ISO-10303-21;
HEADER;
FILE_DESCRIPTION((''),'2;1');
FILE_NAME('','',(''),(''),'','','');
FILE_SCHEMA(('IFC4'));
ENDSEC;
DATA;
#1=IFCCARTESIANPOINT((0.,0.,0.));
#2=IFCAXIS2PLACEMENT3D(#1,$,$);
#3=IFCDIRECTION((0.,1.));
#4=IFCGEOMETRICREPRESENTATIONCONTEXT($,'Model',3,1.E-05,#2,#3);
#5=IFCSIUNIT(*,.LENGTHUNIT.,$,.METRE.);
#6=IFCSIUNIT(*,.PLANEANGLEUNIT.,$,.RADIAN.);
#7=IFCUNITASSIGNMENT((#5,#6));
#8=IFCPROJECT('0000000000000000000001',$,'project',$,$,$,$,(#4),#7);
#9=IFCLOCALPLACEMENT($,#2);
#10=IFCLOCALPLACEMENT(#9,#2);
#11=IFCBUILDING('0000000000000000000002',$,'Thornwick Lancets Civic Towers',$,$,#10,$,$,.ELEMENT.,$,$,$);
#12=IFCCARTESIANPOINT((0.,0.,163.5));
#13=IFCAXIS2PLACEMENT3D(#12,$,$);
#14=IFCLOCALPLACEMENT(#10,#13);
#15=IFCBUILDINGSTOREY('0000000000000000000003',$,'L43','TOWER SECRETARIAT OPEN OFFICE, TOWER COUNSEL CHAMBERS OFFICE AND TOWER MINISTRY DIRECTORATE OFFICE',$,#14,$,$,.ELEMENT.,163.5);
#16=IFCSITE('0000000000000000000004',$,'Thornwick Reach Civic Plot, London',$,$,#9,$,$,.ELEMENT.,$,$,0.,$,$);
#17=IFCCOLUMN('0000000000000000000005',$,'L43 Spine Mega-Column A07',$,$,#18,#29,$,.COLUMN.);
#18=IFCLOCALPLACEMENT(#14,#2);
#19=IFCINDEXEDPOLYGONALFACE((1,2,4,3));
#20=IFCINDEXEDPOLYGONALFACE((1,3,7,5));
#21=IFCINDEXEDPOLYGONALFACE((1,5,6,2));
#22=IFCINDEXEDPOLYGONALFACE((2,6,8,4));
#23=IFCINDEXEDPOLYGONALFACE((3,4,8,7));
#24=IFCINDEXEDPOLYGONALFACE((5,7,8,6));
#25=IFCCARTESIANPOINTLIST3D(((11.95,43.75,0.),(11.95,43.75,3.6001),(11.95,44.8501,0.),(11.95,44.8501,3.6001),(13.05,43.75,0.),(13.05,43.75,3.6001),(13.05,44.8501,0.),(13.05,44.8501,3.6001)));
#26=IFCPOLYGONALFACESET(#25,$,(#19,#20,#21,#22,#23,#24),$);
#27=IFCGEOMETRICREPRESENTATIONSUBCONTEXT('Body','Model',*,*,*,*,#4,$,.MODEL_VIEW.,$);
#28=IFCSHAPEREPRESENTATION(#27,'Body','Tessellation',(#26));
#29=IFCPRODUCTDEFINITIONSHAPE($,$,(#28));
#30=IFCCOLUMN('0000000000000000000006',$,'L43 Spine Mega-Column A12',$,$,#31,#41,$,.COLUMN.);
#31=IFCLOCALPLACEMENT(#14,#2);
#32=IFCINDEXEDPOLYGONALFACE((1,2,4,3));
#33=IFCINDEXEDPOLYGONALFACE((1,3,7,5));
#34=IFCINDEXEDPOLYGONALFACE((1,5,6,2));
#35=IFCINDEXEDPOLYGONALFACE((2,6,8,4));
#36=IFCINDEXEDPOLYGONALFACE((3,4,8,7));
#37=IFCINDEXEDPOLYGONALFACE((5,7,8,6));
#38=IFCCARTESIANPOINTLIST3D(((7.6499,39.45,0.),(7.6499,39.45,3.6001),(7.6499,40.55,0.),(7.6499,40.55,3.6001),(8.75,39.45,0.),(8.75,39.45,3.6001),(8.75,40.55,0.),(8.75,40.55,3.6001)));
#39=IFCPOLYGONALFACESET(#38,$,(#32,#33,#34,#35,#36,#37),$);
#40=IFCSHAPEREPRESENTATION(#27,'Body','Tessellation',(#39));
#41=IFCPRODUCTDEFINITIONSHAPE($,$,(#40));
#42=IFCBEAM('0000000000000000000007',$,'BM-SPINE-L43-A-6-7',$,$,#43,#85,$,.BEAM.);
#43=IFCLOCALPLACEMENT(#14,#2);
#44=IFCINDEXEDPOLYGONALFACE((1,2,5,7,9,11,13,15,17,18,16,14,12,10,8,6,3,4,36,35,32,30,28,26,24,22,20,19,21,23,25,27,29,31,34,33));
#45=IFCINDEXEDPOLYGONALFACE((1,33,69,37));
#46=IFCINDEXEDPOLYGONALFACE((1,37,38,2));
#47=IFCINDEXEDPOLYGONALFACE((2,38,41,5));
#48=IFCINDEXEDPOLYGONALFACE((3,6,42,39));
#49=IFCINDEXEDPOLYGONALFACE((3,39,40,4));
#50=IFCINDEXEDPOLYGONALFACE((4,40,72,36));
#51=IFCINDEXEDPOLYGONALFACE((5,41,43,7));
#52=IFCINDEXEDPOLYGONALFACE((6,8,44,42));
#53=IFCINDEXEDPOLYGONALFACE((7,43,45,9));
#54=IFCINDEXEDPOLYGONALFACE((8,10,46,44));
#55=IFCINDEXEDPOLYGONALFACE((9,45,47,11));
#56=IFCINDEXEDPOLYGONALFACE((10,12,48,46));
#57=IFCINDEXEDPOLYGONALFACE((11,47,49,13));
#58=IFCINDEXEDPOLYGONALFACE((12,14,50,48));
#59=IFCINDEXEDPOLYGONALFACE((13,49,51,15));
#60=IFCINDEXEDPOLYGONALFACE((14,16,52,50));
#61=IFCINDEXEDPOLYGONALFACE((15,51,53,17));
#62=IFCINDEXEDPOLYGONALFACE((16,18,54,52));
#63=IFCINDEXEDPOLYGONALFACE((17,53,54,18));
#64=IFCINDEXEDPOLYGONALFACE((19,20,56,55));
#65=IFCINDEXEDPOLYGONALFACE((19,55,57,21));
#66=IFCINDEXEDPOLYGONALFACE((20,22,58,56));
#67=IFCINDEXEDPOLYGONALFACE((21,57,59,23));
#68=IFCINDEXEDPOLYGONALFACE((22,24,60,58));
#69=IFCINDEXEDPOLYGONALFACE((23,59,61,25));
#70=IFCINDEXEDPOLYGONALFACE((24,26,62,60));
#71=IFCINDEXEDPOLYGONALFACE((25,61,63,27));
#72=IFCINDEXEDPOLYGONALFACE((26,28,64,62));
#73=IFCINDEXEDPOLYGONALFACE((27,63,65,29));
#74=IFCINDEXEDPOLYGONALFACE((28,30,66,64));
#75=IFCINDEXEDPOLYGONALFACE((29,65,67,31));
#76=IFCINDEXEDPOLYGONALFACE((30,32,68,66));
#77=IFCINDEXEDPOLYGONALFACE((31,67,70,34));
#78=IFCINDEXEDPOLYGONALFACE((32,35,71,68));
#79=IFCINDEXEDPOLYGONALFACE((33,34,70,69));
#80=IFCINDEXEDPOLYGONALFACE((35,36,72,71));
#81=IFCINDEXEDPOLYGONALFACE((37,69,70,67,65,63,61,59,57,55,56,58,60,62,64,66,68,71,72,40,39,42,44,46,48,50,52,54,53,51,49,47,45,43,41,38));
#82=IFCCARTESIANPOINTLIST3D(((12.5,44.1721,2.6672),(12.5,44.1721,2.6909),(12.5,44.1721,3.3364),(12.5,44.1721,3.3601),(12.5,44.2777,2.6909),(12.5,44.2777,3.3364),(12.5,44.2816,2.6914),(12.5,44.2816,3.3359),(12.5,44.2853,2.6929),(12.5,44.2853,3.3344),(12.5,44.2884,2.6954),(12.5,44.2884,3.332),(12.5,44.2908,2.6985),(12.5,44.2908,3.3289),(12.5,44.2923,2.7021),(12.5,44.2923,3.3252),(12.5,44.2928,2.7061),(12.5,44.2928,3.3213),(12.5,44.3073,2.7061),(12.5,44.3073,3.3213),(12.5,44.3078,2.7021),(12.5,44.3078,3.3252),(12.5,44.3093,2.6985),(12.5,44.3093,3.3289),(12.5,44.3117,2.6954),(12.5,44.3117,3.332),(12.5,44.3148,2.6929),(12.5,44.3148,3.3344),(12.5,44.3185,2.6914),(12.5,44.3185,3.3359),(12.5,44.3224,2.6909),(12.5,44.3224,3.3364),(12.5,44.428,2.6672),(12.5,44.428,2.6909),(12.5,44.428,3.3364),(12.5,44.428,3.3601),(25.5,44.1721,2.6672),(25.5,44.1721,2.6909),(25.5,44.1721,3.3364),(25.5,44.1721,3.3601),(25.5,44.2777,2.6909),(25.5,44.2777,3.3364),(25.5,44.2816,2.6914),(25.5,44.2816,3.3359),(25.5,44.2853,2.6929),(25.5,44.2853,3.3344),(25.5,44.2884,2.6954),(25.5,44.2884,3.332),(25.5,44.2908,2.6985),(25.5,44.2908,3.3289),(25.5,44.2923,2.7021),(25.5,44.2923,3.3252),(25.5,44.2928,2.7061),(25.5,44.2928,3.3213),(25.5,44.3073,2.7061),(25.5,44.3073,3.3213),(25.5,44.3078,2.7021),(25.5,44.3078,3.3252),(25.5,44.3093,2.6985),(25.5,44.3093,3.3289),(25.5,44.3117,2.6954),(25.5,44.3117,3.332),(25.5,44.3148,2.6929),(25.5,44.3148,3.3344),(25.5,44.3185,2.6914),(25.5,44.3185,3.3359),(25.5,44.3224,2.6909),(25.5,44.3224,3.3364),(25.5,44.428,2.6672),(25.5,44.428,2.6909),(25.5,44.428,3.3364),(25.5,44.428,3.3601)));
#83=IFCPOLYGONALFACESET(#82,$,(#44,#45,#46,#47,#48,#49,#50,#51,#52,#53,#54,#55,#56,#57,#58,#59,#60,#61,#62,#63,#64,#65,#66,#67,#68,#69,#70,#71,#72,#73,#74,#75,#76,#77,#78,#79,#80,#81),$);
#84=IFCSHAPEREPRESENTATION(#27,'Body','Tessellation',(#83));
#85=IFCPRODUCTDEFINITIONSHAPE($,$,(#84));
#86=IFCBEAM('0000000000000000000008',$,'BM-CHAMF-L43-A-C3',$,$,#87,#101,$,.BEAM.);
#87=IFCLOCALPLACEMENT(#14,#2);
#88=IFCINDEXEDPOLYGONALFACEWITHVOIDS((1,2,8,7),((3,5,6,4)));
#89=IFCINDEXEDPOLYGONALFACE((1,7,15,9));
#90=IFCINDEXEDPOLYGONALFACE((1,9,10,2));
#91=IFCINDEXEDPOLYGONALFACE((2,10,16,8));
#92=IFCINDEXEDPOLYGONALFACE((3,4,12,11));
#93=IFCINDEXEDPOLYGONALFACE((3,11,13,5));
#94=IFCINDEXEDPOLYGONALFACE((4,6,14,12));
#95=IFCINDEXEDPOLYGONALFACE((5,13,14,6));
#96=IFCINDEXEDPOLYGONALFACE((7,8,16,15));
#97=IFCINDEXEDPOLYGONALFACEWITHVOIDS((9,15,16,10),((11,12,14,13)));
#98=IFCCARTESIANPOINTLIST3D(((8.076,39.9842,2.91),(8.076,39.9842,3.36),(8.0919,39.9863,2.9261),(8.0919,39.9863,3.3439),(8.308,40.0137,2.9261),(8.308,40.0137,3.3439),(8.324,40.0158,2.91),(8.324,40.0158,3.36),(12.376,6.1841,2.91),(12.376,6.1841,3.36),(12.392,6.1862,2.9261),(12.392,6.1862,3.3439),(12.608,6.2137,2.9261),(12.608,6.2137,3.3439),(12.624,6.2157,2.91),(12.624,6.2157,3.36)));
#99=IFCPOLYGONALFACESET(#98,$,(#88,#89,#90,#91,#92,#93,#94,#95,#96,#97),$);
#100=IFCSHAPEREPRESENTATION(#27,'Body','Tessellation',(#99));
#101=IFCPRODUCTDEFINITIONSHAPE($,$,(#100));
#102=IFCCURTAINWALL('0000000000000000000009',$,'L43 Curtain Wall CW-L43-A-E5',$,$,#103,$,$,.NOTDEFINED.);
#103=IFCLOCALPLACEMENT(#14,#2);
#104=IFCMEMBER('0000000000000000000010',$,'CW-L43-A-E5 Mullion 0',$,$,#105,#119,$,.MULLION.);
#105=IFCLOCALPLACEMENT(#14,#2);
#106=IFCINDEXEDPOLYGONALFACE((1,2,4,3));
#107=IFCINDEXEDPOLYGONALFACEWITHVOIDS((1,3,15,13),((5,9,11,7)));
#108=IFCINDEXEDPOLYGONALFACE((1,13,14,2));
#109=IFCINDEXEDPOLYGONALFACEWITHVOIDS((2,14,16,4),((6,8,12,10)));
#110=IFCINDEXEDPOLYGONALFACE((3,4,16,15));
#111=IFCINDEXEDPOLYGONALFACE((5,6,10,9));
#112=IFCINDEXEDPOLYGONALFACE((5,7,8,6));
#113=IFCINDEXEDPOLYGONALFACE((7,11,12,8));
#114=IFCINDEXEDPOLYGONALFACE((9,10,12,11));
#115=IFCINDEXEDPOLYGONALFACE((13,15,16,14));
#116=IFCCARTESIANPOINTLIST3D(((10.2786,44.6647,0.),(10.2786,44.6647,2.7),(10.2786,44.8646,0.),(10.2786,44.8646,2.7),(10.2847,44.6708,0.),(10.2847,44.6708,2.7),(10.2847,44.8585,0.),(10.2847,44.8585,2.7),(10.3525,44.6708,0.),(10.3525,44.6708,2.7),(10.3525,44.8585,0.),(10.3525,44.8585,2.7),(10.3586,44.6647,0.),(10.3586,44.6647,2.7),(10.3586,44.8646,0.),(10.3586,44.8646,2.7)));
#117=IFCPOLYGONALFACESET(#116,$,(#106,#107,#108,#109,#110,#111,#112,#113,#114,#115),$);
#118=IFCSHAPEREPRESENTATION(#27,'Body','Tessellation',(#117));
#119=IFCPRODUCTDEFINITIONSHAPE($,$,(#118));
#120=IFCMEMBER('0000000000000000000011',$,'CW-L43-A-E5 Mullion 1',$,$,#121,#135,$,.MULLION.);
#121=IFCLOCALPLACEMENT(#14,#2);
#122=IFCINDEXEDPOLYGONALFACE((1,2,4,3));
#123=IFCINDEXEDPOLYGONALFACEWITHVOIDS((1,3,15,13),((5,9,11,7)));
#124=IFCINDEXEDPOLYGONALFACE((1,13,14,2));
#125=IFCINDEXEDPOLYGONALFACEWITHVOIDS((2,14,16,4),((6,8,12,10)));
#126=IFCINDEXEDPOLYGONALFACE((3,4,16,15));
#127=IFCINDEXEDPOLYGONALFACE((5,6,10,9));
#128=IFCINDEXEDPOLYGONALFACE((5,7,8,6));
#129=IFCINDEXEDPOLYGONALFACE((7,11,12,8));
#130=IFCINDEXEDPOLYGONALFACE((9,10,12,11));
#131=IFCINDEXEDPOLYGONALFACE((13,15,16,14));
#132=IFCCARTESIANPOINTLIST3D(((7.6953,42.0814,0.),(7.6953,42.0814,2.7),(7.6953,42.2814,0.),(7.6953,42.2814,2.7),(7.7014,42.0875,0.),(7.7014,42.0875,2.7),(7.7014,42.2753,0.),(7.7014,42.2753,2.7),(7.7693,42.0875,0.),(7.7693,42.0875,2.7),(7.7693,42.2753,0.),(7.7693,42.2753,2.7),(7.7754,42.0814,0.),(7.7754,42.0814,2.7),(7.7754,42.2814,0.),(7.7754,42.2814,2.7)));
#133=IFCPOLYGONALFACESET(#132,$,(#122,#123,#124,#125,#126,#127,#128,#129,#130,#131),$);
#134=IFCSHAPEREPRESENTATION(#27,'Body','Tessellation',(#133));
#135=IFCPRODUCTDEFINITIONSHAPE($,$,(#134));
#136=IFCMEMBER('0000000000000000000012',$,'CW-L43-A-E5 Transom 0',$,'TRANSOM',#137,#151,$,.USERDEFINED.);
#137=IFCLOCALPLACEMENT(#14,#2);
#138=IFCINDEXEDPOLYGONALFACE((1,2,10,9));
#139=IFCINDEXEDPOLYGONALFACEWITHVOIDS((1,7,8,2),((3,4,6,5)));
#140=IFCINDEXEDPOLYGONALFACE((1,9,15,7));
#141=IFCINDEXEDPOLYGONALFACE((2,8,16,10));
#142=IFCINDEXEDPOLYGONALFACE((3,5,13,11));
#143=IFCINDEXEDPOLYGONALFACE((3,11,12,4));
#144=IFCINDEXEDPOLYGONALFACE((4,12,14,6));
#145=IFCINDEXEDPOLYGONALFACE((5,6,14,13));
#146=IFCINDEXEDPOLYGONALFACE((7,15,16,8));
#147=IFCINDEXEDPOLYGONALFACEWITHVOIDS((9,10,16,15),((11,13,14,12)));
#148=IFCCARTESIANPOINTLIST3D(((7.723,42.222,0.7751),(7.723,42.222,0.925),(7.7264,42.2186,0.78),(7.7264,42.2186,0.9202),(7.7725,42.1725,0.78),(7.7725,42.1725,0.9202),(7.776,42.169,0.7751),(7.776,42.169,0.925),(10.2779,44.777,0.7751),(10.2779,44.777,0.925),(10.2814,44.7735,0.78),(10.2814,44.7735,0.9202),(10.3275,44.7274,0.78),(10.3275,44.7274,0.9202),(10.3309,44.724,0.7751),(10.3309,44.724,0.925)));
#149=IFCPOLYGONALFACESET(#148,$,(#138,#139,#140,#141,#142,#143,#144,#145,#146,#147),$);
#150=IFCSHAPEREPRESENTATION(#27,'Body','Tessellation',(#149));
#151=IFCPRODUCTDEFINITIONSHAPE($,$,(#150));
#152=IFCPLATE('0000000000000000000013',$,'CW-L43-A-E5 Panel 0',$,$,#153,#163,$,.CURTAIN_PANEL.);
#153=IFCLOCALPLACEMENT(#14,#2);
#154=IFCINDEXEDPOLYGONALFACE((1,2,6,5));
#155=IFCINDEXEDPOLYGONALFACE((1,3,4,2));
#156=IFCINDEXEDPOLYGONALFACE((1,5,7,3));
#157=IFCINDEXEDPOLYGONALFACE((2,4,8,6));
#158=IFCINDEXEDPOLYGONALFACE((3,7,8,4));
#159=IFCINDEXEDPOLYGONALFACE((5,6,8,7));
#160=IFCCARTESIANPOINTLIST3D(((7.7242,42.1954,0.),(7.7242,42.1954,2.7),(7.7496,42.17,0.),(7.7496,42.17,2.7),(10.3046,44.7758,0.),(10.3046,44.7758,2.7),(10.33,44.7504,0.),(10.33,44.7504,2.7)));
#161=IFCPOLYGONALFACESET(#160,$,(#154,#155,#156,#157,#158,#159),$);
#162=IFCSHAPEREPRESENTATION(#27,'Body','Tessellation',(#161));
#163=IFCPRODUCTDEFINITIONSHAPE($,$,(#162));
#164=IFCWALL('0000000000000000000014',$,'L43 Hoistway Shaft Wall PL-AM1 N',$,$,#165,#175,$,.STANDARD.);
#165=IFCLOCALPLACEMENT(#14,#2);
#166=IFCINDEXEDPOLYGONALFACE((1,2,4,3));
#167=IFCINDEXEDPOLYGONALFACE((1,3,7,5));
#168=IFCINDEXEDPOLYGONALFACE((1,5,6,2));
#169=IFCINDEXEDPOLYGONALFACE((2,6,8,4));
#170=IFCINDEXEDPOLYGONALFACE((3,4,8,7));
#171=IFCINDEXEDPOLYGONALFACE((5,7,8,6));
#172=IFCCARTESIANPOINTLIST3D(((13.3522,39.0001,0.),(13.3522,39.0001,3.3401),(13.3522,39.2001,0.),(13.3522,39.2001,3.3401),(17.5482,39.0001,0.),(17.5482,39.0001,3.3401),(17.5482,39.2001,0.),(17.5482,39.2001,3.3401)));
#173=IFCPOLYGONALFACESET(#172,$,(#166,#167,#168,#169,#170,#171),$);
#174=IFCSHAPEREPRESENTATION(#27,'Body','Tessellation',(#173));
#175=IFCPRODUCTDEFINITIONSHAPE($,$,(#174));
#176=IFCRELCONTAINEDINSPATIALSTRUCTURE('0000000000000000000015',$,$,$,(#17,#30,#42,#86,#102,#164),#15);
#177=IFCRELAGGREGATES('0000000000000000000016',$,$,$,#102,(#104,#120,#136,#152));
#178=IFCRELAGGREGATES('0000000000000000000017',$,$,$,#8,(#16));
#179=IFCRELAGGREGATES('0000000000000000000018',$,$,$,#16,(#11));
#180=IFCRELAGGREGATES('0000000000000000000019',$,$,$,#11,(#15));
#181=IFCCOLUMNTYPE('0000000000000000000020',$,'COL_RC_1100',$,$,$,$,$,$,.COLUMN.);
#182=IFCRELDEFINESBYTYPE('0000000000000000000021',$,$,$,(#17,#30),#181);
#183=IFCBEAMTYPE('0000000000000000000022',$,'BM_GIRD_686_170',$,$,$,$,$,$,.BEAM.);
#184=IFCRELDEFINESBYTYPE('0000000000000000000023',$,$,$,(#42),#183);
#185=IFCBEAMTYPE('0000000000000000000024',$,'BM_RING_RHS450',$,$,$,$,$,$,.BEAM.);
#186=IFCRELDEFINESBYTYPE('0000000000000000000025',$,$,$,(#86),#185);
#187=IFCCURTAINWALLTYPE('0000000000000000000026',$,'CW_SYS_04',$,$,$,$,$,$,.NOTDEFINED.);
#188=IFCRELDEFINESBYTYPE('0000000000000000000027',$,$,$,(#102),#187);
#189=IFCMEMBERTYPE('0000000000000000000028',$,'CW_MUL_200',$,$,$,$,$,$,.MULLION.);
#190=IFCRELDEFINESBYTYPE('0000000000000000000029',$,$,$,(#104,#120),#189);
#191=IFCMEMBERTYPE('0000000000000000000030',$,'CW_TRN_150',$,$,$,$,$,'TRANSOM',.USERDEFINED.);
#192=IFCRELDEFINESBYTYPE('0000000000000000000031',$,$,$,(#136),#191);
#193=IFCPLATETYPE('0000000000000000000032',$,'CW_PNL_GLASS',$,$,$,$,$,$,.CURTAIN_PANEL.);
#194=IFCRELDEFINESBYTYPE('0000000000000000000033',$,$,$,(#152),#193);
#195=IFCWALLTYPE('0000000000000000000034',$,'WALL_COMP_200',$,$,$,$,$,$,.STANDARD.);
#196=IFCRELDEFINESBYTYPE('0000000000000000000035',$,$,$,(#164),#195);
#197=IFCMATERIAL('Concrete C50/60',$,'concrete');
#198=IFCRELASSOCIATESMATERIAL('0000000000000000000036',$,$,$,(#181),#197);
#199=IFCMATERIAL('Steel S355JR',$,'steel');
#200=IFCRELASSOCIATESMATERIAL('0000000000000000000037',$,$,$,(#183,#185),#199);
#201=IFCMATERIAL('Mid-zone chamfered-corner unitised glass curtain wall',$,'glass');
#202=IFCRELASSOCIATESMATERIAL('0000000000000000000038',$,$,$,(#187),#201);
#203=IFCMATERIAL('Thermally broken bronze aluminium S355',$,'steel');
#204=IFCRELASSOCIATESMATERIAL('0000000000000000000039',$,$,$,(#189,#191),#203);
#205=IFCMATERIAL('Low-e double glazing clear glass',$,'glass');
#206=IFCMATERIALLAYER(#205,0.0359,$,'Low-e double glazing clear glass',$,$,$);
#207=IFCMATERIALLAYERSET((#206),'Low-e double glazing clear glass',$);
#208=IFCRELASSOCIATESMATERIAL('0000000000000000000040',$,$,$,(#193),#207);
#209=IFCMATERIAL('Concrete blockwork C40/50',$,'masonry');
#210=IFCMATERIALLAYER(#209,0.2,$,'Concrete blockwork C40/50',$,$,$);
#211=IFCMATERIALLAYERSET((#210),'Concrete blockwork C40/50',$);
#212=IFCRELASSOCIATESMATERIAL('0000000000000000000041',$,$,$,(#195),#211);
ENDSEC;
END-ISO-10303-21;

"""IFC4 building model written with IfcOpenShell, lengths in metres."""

from ifc_helpers import new_model, si_unit, direction, frame, frame_2d, origin, origin_2d, place, context, subcontext, project, spatial, rectangle, hollow_rectangle, i_section, extrude, material, layer, layer_set, material_profile, profile_set, type_object, element, aggregate, save


model = new_model("IFC4")

# Units and contexts
model_context = context("Model", 3, precision=1e-05, world=origin(), true_north=direction((0.0, 1.0)))
body_context = subcontext(model_context, "Body", "Model", "MODEL_VIEW")
ifc_project = project(units=[si_unit("LENGTHUNIT", "METRE"), si_unit("PLANEANGLEUNIT", "RADIAN")], contexts=[model_context])

# Site, building, storey
site_placement = place(None, origin())
site = spatial("IfcSite", under=ifc_project, at=site_placement, Name="Thornwick Reach Civic Plot, London", CompositionType="ELEMENT", RefElevation=0.0)
building_placement = place(site_placement, origin())
building = spatial("IfcBuilding", under=site, at=building_placement, Name="Thornwick Lancets Civic Towers", CompositionType="ELEMENT")
storey_placement = place(building_placement, frame((0.0, 0.0, 163.5)))
storey = spatial("IfcBuildingStorey", under=building, at=storey_placement, Name="L43", Description="TOWER SECRETARIAT OPEN OFFICE, TOWER COUNSEL CHAMBERS OFFICE AND TOWER MINISTRY DIRECTORATE OFFICE", CompositionType="ELEMENT", Elevation=163.5)

# Columns
ifc_material_1 = material(Name="Concrete C50/60", Category="concrete")
ifc_material_profile_1 = material_profile(ifc_material_1, rectangle(XDim=1.1001, YDim=1.1001, at=origin_2d()), Name="RC 1100x1100")
ifc_profile_set_1 = profile_set([ifc_material_profile_1], Name="Concrete C50/60")
column_type = type_object("IfcColumnType", Name="COL_RC_1100", PredefinedType="COLUMN", material=ifc_profile_set_1)
for number, where, z_axis, x_axis, name in (
    (1, (12.5, 44.3, 0.0), (0.0, 0.0, 1.0), (1.0, 0.0, 0.0), "L43 Spine Mega-Column A07"),
    (2, (8.2, 40.0, 0.0), (0.0, 0.0, 1.0), (1.0, 0.0, 0.0), "L43 Spine Mega-Column A12"),
):
    element("IfcColumn", number, at=place(storey_placement, frame(where, z_axis=z_axis, x_axis=x_axis)), inside=storey, type_object=column_type, Name=name, PredefinedType="COLUMN", context=body_context, shape_type="SweptSolid", body=[
        extrude(rectangle(XDim=1.1001, YDim=1.1001, at=origin_2d()), origin(), (0.0, 0.0, 1.0), 3.6001),
    ])

# Beams
ifc_material_2 = material(Name="Steel S355JR", Category="steel")
ifc_material_profile_2 = material_profile(ifc_material_2, i_section(OverallWidth=0.2559, OverallDepth=0.6929, WebThickness=0.0144, FlangeThickness=0.0237, FilletRadius=0.0151, at=origin_2d()), Name="UKB 686x254x170")
ifc_profile_set_2 = profile_set([ifc_material_profile_2], Name="Steel S355JR")
beam_type_1 = type_object("IfcBeamType", Name="BM_GIRD_686_170", PredefinedType="BEAM", material=ifc_profile_set_2)
beam_1_placement = place(storey_placement, frame((12.5, 44.3, 3.0137), z_axis=(1.0, 0.0, 0.0), x_axis=(0.0, 1.0, 0.0)))
element("IfcBeam", 3, at=beam_1_placement, inside=storey, type_object=beam_type_1, Name="BM-SPINE-L43-A-6-7", PredefinedType="BEAM", context=body_context, shape_type="SweptSolid", body=[
    extrude(i_section(OverallWidth=0.2559, OverallDepth=0.6929, WebThickness=0.0144, FlangeThickness=0.0237, FilletRadius=0.0151, at=origin_2d()), origin(), (0.0, 0.0, 1.0), 13.0),
])
ifc_material_profile_3 = material_profile(ifc_material_2, hollow_rectangle(XDim=0.25, YDim=0.45, WallThickness=0.0161, at=origin_2d()), Name="RHS 450x250x16")
ifc_profile_set_3 = profile_set([ifc_material_profile_3], Name="Steel S355JR")
beam_type_2 = type_object("IfcBeamType", Name="BM_RING_RHS450", PredefinedType="BEAM", material=ifc_profile_set_3)
beam_2_placement = place(storey_placement, frame((8.2, 40.0, 3.135), z_axis=(0.126203, -0.992004, 0.0), x_axis=(0.992004, 0.126203, 0.0)))
element("IfcBeam", 4, at=beam_2_placement, inside=storey, type_object=beam_type_2, Name="BM-CHAMF-L43-A-C3", PredefinedType="BEAM", context=body_context, shape_type="SweptSolid", body=[
    extrude(hollow_rectangle(XDim=0.25, YDim=0.45, WallThickness=0.0161, at=origin_2d()), origin(), (0.0, 0.0, 1.0), 34.0725),
])

# Curtain wall, members, plate
ifc_material_3 = material(Name="Mid-zone chamfered-corner unitised glass curtain wall", Category="glass")
curtain_wall_type = type_object("IfcCurtainWallType", Name="CW_SYS_04", PredefinedType="NOTDEFINED", material=ifc_material_3)
curtain_wall_placement = place(storey_placement, origin())
curtain_wall = element("IfcCurtainWall", 5, at=curtain_wall_placement, inside=storey, type_object=curtain_wall_type, Name="L43 Curtain Wall CW-L43-A-E5", PredefinedType="NOTDEFINED")
ifc_material_4 = material(Name="Thermally broken bronze aluminium S355", Category="steel")
ifc_material_profile_4 = material_profile(ifc_material_4, hollow_rectangle(XDim=0.0801, YDim=0.2, WallThickness=0.0061, at=origin_2d()), Name="RHS 200x80x6")
ifc_profile_set_4 = profile_set([ifc_material_profile_4], Name="Thermally broken bronze aluminium S355")
member_type_1 = type_object("IfcMemberType", Name="CW_MUL_200", PredefinedType="MULLION", material=ifc_profile_set_4)
member_1_placement = place(storey_placement, frame((10.3186, 44.7646, 0.0), z_axis=(0.0, 0.0, 1.0), x_axis=(1.0, 0.0, 0.0)))
member_1 = element("IfcMember", 6, at=member_1_placement, type_object=member_type_1, Name="CW-L43-A-E5 Mullion 0", PredefinedType="MULLION", context=body_context, shape_type="SweptSolid", body=[
    extrude(hollow_rectangle(XDim=0.0801, YDim=0.2, WallThickness=0.0061, at=origin_2d()), origin(), (0.0, 0.0, 1.0), 2.7),
])
member_2_placement = place(storey_placement, frame((7.7354, 42.1814, 0.0), z_axis=(0.0, 0.0, 1.0), x_axis=(1.0, 0.0, 0.0)))
member_2 = element("IfcMember", 7, at=member_2_placement, type_object=member_type_1, Name="CW-L43-A-E5 Mullion 1", PredefinedType="MULLION", context=body_context, shape_type="SweptSolid", body=[
    extrude(hollow_rectangle(XDim=0.0801, YDim=0.2, WallThickness=0.0061, at=origin_2d()), origin(), (0.0, 0.0, 1.0), 2.7),
])
ifc_material_profile_5 = material_profile(ifc_material_4, hollow_rectangle(XDim=0.075, YDim=0.1499, WallThickness=0.0049, at=origin_2d()), Name="RHS 150x75x5")
ifc_profile_set_5 = profile_set([ifc_material_profile_5], Name="Thermally broken bronze aluminium S355")
member_type_2 = type_object("IfcMemberType", Name="CW_TRN_150", ElementType="TRANSOM", PredefinedType="USERDEFINED", material=ifc_profile_set_5)
member_3_placement = place(storey_placement, frame((10.3044, 44.7505, 0.8501), z_axis=(-0.707107, -0.707107, 0.0), x_axis=(0.707107, -0.707107, 0.0)))
member_3 = element("IfcMember", 8, at=member_3_placement, type_object=member_type_2, Name="CW-L43-A-E5 Transom 0", ObjectType="TRANSOM", PredefinedType="USERDEFINED", context=body_context, shape_type="SweptSolid", body=[
    extrude(hollow_rectangle(XDim=0.075, YDim=0.1499, WallThickness=0.0049, at=origin_2d()), origin(), (0.0, 0.0, 1.0), 3.6133),
])
ifc_material_5 = material(Name="Low-e double glazing clear glass", Category="glass")
ifc_layer_1 = layer(ifc_material_5, 0.0359, Name="Low-e double glazing clear glass")
ifc_layer_set_1 = layer_set([ifc_layer_1], Name="Low-e double glazing clear glass")
plate_type = type_object("IfcPlateType", Name="CW_PNL_GLASS", PredefinedType="CURTAIN_PANEL", material=ifc_layer_set_1)
plate_placement = place(storey_placement, frame((9.0271, 43.4729, 0.0), z_axis=(0.0, 0.0, 1.0), x_axis=(-0.707107, -0.707107, 0.0)))
plate = element("IfcPlate", 9, at=plate_placement, type_object=plate_type, Name="CW-L43-A-E5 Panel 0", PredefinedType="CURTAIN_PANEL", context=body_context, shape_type="SweptSolid", body=[
    extrude(rectangle(XDim=3.6492, YDim=0.0359, at=origin_2d()), origin(), (0.0, 0.0, 1.0), 2.7),
])
aggregate(curtain_wall, [member_1, member_2, member_3, plate])

# Wall
ifc_material_6 = material(Name="Concrete blockwork C40/50", Category="masonry")
ifc_layer_2 = layer(ifc_material_6, 0.2, Name="Concrete blockwork C40/50")
ifc_layer_set_2 = layer_set([ifc_layer_2], Name="Concrete blockwork C40/50")
wall_type_1 = type_object("IfcWallType", Name="WALL_COMP_200", PredefinedType="STANDARD", material=ifc_layer_set_2)
wall_1_placement = place(storey_placement, frame((13.3521, 39.1001, 0.0), z_axis=(0.0, 0.0, 1.0), x_axis=(1.0, 0.0, 0.0)))
element("IfcWall", 10, at=wall_1_placement, inside=storey, type_object=wall_type_1, Name="L43 Hoistway Shaft Wall PL-AM1 N", PredefinedType="STANDARD", context=body_context, shape_type="SweptSolid", body=[
    extrude(rectangle(XDim=4.196, YDim=0.2, at=frame_2d((2.0981, 0.0))), origin(), (0.0, 0.0, 1.0), 3.3401),
])

save(model, "model.ifc")
